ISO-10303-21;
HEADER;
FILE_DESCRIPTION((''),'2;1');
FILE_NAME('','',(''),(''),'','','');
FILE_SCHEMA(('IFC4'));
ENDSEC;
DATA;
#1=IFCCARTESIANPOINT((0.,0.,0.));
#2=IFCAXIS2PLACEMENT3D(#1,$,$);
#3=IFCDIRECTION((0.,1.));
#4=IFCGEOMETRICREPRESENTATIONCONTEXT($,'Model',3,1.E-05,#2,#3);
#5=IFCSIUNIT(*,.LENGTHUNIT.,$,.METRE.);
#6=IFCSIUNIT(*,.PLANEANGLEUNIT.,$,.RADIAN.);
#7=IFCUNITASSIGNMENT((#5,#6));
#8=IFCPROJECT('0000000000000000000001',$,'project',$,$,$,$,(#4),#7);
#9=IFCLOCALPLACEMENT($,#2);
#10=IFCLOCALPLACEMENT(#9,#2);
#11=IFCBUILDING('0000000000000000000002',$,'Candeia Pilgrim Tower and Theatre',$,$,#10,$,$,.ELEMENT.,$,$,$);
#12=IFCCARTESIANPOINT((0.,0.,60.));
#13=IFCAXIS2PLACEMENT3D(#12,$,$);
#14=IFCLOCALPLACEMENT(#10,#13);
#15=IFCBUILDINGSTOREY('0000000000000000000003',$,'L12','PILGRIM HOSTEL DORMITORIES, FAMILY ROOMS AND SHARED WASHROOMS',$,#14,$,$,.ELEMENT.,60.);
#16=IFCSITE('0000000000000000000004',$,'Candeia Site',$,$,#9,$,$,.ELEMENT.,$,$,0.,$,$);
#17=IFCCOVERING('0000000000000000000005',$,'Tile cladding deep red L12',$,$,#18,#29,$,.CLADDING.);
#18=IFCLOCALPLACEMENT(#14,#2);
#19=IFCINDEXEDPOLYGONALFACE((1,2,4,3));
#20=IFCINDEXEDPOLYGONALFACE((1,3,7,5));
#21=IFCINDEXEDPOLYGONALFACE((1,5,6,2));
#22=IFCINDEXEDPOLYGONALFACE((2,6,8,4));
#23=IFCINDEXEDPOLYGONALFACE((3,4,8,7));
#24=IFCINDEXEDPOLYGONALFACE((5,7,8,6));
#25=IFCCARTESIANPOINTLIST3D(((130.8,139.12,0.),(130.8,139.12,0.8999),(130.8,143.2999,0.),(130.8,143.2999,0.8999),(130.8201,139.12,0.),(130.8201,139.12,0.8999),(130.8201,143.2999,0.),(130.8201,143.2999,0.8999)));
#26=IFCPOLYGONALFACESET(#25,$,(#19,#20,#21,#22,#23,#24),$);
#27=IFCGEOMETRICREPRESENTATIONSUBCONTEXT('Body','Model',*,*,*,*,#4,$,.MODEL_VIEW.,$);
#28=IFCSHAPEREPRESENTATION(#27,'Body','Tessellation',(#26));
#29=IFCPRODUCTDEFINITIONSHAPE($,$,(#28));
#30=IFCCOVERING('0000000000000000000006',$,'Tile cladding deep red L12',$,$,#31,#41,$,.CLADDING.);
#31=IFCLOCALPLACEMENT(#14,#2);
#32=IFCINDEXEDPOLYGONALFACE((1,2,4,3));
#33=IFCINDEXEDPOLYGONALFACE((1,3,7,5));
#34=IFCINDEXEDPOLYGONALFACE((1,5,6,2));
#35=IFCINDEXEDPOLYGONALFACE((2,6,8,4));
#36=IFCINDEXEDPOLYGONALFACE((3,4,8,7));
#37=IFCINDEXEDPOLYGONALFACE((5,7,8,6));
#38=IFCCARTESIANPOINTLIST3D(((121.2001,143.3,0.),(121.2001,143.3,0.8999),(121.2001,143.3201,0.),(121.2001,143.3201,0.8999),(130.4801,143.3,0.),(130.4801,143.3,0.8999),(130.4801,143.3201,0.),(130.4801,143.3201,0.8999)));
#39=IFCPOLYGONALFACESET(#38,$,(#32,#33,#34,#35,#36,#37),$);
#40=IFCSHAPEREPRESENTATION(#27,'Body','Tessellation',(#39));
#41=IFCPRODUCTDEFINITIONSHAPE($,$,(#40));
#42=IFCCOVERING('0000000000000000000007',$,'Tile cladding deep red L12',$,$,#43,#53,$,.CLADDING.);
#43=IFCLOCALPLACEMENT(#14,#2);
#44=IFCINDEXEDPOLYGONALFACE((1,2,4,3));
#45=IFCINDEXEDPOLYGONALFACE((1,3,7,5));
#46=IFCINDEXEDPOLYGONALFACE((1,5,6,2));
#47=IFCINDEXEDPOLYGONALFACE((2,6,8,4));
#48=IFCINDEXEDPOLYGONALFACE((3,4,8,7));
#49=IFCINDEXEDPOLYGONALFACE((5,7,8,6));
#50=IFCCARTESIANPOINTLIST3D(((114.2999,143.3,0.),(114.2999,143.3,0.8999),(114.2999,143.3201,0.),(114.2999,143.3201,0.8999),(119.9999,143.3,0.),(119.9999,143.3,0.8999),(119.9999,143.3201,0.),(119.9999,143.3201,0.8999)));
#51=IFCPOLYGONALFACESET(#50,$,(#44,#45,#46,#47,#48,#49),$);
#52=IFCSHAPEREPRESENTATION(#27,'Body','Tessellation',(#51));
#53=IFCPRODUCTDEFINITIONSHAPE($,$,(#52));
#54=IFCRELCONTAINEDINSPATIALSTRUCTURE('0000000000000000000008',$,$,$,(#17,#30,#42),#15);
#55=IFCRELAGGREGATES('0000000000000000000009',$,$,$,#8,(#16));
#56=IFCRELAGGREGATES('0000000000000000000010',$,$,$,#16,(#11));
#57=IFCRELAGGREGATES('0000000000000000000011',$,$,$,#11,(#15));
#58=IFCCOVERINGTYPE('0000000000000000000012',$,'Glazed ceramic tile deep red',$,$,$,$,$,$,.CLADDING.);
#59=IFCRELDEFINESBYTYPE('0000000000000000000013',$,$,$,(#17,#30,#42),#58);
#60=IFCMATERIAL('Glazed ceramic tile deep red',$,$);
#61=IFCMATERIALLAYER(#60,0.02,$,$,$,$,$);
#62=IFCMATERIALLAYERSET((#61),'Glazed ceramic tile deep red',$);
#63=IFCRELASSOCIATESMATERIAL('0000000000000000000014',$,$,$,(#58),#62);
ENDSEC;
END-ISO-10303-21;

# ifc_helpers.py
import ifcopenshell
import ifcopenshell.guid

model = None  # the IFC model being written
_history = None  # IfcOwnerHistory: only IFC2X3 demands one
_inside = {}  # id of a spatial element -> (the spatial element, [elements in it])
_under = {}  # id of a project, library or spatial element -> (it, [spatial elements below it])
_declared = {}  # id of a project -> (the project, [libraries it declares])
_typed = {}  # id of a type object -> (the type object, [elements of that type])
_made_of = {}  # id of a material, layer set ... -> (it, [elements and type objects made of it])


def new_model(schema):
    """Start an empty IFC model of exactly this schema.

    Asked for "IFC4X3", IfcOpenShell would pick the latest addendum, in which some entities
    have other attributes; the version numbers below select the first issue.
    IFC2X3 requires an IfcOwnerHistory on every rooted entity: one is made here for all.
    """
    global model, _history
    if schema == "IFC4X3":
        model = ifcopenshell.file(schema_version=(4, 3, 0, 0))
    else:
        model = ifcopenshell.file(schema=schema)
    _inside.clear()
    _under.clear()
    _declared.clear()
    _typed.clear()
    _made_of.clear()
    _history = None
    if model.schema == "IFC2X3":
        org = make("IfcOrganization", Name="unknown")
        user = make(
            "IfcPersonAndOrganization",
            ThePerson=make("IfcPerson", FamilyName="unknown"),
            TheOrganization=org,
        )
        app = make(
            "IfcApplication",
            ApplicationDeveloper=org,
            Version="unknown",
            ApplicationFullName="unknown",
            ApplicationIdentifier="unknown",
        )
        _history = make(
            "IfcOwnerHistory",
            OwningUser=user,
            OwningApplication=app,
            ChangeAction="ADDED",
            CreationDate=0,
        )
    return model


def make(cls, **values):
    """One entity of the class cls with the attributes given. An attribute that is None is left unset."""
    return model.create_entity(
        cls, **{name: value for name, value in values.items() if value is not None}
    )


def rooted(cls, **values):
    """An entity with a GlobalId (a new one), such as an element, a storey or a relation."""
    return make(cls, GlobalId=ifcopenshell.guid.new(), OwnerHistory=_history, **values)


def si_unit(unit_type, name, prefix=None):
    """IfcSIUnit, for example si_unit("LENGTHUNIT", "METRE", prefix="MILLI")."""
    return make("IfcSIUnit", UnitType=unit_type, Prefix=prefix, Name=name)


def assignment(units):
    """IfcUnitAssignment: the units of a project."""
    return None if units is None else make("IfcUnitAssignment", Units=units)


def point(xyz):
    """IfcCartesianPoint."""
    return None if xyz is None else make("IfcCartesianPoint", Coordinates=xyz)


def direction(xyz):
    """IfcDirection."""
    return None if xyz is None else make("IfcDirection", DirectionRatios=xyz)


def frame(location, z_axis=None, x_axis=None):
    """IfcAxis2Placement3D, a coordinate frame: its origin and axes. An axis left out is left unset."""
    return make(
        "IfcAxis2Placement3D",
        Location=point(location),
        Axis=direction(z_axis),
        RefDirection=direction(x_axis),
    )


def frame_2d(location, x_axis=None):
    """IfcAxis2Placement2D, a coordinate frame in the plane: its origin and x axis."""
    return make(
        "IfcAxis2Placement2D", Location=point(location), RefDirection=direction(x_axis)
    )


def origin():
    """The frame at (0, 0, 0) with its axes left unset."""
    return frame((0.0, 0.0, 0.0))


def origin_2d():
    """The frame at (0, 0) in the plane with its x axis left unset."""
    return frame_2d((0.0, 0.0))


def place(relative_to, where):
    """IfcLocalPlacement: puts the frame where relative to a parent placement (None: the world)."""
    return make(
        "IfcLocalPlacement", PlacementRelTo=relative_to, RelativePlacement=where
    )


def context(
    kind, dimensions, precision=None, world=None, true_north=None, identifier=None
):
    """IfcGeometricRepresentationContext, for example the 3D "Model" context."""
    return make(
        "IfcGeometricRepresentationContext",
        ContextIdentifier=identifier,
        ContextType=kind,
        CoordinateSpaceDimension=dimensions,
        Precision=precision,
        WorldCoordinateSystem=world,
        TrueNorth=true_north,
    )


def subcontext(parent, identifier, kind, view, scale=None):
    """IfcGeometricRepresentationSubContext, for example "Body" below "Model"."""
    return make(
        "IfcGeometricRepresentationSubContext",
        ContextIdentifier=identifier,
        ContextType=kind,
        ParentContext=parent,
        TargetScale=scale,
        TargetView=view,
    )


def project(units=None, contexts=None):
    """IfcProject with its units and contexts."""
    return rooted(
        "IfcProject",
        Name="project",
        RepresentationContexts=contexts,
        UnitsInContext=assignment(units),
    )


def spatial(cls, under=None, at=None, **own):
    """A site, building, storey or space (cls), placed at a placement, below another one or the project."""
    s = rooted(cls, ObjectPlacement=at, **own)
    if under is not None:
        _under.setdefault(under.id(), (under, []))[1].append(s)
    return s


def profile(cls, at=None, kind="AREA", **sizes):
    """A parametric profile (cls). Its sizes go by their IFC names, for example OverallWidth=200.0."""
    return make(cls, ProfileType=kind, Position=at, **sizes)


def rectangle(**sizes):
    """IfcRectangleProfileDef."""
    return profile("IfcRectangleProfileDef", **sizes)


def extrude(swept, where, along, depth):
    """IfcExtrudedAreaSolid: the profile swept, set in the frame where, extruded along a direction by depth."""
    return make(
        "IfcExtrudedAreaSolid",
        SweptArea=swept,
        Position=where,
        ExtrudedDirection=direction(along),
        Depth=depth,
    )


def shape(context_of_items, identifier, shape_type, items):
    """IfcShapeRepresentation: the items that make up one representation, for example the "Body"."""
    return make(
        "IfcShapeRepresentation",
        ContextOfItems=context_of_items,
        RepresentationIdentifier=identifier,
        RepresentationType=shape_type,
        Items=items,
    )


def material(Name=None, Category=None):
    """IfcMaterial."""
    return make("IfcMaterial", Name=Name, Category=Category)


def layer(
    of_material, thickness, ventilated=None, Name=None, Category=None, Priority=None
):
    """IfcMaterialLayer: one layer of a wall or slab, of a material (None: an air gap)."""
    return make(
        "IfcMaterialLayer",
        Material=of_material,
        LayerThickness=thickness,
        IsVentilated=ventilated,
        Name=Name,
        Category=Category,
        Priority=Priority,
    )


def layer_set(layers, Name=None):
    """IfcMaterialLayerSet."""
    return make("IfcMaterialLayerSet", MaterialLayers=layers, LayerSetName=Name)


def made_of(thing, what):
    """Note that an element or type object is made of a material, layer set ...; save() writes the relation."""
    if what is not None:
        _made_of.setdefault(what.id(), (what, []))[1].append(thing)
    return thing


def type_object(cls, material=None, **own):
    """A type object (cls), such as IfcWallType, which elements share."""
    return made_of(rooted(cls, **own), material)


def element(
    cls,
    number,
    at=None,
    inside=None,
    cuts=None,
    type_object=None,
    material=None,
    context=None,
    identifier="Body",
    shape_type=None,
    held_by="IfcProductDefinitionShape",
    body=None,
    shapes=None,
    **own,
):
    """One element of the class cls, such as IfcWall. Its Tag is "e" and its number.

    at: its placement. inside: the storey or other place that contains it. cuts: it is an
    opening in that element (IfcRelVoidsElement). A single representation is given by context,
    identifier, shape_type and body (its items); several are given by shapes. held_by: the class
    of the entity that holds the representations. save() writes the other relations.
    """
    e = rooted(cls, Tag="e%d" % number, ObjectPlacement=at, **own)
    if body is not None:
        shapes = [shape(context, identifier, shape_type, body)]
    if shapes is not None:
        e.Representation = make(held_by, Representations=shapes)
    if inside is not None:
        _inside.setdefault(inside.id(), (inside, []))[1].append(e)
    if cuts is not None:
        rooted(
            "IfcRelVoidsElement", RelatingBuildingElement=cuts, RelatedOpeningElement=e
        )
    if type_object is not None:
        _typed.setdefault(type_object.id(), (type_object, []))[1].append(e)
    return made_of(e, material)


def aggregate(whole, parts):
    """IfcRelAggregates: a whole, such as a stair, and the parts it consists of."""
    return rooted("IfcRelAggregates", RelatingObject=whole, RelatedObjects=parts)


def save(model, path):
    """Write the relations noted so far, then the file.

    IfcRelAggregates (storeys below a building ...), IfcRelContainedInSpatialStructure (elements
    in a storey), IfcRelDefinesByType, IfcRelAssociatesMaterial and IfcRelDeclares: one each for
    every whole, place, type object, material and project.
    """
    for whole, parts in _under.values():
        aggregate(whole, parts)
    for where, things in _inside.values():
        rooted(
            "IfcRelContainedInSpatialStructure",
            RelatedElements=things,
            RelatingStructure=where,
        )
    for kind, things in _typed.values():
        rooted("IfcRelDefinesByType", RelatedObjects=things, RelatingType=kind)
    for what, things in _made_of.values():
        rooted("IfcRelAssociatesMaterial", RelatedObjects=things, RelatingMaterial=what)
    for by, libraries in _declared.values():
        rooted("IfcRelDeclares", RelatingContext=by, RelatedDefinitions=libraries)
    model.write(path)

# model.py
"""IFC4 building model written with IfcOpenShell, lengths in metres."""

from ifc_helpers import new_model, si_unit, direction, frame, origin, origin_2d, place, context, subcontext, project, spatial, rectangle, extrude, material, layer, layer_set, type_object, element, save


model = new_model("IFC4")

# Units and contexts
model_context = context("Model", 3, precision=1e-05, world=origin(), true_north=direction((0.0, 1.0)))
body_context = subcontext(model_context, "Body", "Model", "MODEL_VIEW")
ifc_project = project(units=[si_unit("LENGTHUNIT", "METRE"), si_unit("PLANEANGLEUNIT", "RADIAN")], contexts=[model_context])

# Site, building, storey
site_placement = place(None, origin())
site = spatial("IfcSite", under=ifc_project, at=site_placement, Name="Candeia Site", CompositionType="ELEMENT", RefElevation=0.0)
building_placement = place(site_placement, origin())
building = spatial("IfcBuilding", under=site, at=building_placement, Name="Candeia Pilgrim Tower and Theatre", CompositionType="ELEMENT")
storey_placement = place(building_placement, frame((0.0, 0.0, 60.0)))
storey = spatial("IfcBuildingStorey", under=building, at=storey_placement, Name="L12", Description="PILGRIM HOSTEL DORMITORIES, FAMILY ROOMS AND SHARED WASHROOMS", CompositionType="ELEMENT", Elevation=60.0)

# Coverings
ifc_material_1 = material(Name="Glazed ceramic tile deep red")
ifc_layer_1 = layer(ifc_material_1, 0.02)
ifc_layer_set_1 = layer_set([ifc_layer_1], Name="Glazed ceramic tile deep red")
covering_type = type_object("IfcCoveringType", Name="Glazed ceramic tile deep red", PredefinedType="CLADDING", material=ifc_layer_set_1)
covering_1_placement = place(storey_placement, frame((130.8101, 141.21, 0.0), z_axis=(0.0, 0.0, 1.0), x_axis=(0.0, 1.0, 0.0)))
element("IfcCovering", 1, at=covering_1_placement, inside=storey, type_object=covering_type, Name="Tile cladding deep red L12", PredefinedType="CLADDING", context=body_context, shape_type="SweptSolid", body=[
    extrude(rectangle(XDim=4.1799, YDim=0.02, at=origin_2d()), origin(), (0.0, 0.0, 1.0), 0.8999),
])
covering_2_placement = place(storey_placement, frame((125.8401, 143.3101, 0.0), z_axis=(0.0, 0.0, 1.0), x_axis=(-1.0, 0.0, 0.0)))
element("IfcCovering", 2, at=covering_2_placement, inside=storey, type_object=covering_type, Name="Tile cladding deep red L12", PredefinedType="CLADDING", context=body_context, shape_type="SweptSolid", body=[
    extrude(rectangle(XDim=9.28, YDim=0.02, at=origin_2d()), origin(), (0.0, 0.0, 1.0), 0.8999),
])
covering_3_placement = place(storey_placement, frame((117.1499, 143.3101, 0.0), z_axis=(0.0, 0.0, 1.0), x_axis=(-1.0, 0.0, 0.0)))
element("IfcCovering", 3, at=covering_3_placement, inside=storey, type_object=covering_type, Name="Tile cladding deep red L12", PredefinedType="CLADDING", context=body_context, shape_type="SweptSolid", body=[
    extrude(rectangle(XDim=5.7, YDim=0.02, at=origin_2d()), origin(), (0.0, 0.0, 1.0), 0.8999),
])

save(model, "model.ifc")
